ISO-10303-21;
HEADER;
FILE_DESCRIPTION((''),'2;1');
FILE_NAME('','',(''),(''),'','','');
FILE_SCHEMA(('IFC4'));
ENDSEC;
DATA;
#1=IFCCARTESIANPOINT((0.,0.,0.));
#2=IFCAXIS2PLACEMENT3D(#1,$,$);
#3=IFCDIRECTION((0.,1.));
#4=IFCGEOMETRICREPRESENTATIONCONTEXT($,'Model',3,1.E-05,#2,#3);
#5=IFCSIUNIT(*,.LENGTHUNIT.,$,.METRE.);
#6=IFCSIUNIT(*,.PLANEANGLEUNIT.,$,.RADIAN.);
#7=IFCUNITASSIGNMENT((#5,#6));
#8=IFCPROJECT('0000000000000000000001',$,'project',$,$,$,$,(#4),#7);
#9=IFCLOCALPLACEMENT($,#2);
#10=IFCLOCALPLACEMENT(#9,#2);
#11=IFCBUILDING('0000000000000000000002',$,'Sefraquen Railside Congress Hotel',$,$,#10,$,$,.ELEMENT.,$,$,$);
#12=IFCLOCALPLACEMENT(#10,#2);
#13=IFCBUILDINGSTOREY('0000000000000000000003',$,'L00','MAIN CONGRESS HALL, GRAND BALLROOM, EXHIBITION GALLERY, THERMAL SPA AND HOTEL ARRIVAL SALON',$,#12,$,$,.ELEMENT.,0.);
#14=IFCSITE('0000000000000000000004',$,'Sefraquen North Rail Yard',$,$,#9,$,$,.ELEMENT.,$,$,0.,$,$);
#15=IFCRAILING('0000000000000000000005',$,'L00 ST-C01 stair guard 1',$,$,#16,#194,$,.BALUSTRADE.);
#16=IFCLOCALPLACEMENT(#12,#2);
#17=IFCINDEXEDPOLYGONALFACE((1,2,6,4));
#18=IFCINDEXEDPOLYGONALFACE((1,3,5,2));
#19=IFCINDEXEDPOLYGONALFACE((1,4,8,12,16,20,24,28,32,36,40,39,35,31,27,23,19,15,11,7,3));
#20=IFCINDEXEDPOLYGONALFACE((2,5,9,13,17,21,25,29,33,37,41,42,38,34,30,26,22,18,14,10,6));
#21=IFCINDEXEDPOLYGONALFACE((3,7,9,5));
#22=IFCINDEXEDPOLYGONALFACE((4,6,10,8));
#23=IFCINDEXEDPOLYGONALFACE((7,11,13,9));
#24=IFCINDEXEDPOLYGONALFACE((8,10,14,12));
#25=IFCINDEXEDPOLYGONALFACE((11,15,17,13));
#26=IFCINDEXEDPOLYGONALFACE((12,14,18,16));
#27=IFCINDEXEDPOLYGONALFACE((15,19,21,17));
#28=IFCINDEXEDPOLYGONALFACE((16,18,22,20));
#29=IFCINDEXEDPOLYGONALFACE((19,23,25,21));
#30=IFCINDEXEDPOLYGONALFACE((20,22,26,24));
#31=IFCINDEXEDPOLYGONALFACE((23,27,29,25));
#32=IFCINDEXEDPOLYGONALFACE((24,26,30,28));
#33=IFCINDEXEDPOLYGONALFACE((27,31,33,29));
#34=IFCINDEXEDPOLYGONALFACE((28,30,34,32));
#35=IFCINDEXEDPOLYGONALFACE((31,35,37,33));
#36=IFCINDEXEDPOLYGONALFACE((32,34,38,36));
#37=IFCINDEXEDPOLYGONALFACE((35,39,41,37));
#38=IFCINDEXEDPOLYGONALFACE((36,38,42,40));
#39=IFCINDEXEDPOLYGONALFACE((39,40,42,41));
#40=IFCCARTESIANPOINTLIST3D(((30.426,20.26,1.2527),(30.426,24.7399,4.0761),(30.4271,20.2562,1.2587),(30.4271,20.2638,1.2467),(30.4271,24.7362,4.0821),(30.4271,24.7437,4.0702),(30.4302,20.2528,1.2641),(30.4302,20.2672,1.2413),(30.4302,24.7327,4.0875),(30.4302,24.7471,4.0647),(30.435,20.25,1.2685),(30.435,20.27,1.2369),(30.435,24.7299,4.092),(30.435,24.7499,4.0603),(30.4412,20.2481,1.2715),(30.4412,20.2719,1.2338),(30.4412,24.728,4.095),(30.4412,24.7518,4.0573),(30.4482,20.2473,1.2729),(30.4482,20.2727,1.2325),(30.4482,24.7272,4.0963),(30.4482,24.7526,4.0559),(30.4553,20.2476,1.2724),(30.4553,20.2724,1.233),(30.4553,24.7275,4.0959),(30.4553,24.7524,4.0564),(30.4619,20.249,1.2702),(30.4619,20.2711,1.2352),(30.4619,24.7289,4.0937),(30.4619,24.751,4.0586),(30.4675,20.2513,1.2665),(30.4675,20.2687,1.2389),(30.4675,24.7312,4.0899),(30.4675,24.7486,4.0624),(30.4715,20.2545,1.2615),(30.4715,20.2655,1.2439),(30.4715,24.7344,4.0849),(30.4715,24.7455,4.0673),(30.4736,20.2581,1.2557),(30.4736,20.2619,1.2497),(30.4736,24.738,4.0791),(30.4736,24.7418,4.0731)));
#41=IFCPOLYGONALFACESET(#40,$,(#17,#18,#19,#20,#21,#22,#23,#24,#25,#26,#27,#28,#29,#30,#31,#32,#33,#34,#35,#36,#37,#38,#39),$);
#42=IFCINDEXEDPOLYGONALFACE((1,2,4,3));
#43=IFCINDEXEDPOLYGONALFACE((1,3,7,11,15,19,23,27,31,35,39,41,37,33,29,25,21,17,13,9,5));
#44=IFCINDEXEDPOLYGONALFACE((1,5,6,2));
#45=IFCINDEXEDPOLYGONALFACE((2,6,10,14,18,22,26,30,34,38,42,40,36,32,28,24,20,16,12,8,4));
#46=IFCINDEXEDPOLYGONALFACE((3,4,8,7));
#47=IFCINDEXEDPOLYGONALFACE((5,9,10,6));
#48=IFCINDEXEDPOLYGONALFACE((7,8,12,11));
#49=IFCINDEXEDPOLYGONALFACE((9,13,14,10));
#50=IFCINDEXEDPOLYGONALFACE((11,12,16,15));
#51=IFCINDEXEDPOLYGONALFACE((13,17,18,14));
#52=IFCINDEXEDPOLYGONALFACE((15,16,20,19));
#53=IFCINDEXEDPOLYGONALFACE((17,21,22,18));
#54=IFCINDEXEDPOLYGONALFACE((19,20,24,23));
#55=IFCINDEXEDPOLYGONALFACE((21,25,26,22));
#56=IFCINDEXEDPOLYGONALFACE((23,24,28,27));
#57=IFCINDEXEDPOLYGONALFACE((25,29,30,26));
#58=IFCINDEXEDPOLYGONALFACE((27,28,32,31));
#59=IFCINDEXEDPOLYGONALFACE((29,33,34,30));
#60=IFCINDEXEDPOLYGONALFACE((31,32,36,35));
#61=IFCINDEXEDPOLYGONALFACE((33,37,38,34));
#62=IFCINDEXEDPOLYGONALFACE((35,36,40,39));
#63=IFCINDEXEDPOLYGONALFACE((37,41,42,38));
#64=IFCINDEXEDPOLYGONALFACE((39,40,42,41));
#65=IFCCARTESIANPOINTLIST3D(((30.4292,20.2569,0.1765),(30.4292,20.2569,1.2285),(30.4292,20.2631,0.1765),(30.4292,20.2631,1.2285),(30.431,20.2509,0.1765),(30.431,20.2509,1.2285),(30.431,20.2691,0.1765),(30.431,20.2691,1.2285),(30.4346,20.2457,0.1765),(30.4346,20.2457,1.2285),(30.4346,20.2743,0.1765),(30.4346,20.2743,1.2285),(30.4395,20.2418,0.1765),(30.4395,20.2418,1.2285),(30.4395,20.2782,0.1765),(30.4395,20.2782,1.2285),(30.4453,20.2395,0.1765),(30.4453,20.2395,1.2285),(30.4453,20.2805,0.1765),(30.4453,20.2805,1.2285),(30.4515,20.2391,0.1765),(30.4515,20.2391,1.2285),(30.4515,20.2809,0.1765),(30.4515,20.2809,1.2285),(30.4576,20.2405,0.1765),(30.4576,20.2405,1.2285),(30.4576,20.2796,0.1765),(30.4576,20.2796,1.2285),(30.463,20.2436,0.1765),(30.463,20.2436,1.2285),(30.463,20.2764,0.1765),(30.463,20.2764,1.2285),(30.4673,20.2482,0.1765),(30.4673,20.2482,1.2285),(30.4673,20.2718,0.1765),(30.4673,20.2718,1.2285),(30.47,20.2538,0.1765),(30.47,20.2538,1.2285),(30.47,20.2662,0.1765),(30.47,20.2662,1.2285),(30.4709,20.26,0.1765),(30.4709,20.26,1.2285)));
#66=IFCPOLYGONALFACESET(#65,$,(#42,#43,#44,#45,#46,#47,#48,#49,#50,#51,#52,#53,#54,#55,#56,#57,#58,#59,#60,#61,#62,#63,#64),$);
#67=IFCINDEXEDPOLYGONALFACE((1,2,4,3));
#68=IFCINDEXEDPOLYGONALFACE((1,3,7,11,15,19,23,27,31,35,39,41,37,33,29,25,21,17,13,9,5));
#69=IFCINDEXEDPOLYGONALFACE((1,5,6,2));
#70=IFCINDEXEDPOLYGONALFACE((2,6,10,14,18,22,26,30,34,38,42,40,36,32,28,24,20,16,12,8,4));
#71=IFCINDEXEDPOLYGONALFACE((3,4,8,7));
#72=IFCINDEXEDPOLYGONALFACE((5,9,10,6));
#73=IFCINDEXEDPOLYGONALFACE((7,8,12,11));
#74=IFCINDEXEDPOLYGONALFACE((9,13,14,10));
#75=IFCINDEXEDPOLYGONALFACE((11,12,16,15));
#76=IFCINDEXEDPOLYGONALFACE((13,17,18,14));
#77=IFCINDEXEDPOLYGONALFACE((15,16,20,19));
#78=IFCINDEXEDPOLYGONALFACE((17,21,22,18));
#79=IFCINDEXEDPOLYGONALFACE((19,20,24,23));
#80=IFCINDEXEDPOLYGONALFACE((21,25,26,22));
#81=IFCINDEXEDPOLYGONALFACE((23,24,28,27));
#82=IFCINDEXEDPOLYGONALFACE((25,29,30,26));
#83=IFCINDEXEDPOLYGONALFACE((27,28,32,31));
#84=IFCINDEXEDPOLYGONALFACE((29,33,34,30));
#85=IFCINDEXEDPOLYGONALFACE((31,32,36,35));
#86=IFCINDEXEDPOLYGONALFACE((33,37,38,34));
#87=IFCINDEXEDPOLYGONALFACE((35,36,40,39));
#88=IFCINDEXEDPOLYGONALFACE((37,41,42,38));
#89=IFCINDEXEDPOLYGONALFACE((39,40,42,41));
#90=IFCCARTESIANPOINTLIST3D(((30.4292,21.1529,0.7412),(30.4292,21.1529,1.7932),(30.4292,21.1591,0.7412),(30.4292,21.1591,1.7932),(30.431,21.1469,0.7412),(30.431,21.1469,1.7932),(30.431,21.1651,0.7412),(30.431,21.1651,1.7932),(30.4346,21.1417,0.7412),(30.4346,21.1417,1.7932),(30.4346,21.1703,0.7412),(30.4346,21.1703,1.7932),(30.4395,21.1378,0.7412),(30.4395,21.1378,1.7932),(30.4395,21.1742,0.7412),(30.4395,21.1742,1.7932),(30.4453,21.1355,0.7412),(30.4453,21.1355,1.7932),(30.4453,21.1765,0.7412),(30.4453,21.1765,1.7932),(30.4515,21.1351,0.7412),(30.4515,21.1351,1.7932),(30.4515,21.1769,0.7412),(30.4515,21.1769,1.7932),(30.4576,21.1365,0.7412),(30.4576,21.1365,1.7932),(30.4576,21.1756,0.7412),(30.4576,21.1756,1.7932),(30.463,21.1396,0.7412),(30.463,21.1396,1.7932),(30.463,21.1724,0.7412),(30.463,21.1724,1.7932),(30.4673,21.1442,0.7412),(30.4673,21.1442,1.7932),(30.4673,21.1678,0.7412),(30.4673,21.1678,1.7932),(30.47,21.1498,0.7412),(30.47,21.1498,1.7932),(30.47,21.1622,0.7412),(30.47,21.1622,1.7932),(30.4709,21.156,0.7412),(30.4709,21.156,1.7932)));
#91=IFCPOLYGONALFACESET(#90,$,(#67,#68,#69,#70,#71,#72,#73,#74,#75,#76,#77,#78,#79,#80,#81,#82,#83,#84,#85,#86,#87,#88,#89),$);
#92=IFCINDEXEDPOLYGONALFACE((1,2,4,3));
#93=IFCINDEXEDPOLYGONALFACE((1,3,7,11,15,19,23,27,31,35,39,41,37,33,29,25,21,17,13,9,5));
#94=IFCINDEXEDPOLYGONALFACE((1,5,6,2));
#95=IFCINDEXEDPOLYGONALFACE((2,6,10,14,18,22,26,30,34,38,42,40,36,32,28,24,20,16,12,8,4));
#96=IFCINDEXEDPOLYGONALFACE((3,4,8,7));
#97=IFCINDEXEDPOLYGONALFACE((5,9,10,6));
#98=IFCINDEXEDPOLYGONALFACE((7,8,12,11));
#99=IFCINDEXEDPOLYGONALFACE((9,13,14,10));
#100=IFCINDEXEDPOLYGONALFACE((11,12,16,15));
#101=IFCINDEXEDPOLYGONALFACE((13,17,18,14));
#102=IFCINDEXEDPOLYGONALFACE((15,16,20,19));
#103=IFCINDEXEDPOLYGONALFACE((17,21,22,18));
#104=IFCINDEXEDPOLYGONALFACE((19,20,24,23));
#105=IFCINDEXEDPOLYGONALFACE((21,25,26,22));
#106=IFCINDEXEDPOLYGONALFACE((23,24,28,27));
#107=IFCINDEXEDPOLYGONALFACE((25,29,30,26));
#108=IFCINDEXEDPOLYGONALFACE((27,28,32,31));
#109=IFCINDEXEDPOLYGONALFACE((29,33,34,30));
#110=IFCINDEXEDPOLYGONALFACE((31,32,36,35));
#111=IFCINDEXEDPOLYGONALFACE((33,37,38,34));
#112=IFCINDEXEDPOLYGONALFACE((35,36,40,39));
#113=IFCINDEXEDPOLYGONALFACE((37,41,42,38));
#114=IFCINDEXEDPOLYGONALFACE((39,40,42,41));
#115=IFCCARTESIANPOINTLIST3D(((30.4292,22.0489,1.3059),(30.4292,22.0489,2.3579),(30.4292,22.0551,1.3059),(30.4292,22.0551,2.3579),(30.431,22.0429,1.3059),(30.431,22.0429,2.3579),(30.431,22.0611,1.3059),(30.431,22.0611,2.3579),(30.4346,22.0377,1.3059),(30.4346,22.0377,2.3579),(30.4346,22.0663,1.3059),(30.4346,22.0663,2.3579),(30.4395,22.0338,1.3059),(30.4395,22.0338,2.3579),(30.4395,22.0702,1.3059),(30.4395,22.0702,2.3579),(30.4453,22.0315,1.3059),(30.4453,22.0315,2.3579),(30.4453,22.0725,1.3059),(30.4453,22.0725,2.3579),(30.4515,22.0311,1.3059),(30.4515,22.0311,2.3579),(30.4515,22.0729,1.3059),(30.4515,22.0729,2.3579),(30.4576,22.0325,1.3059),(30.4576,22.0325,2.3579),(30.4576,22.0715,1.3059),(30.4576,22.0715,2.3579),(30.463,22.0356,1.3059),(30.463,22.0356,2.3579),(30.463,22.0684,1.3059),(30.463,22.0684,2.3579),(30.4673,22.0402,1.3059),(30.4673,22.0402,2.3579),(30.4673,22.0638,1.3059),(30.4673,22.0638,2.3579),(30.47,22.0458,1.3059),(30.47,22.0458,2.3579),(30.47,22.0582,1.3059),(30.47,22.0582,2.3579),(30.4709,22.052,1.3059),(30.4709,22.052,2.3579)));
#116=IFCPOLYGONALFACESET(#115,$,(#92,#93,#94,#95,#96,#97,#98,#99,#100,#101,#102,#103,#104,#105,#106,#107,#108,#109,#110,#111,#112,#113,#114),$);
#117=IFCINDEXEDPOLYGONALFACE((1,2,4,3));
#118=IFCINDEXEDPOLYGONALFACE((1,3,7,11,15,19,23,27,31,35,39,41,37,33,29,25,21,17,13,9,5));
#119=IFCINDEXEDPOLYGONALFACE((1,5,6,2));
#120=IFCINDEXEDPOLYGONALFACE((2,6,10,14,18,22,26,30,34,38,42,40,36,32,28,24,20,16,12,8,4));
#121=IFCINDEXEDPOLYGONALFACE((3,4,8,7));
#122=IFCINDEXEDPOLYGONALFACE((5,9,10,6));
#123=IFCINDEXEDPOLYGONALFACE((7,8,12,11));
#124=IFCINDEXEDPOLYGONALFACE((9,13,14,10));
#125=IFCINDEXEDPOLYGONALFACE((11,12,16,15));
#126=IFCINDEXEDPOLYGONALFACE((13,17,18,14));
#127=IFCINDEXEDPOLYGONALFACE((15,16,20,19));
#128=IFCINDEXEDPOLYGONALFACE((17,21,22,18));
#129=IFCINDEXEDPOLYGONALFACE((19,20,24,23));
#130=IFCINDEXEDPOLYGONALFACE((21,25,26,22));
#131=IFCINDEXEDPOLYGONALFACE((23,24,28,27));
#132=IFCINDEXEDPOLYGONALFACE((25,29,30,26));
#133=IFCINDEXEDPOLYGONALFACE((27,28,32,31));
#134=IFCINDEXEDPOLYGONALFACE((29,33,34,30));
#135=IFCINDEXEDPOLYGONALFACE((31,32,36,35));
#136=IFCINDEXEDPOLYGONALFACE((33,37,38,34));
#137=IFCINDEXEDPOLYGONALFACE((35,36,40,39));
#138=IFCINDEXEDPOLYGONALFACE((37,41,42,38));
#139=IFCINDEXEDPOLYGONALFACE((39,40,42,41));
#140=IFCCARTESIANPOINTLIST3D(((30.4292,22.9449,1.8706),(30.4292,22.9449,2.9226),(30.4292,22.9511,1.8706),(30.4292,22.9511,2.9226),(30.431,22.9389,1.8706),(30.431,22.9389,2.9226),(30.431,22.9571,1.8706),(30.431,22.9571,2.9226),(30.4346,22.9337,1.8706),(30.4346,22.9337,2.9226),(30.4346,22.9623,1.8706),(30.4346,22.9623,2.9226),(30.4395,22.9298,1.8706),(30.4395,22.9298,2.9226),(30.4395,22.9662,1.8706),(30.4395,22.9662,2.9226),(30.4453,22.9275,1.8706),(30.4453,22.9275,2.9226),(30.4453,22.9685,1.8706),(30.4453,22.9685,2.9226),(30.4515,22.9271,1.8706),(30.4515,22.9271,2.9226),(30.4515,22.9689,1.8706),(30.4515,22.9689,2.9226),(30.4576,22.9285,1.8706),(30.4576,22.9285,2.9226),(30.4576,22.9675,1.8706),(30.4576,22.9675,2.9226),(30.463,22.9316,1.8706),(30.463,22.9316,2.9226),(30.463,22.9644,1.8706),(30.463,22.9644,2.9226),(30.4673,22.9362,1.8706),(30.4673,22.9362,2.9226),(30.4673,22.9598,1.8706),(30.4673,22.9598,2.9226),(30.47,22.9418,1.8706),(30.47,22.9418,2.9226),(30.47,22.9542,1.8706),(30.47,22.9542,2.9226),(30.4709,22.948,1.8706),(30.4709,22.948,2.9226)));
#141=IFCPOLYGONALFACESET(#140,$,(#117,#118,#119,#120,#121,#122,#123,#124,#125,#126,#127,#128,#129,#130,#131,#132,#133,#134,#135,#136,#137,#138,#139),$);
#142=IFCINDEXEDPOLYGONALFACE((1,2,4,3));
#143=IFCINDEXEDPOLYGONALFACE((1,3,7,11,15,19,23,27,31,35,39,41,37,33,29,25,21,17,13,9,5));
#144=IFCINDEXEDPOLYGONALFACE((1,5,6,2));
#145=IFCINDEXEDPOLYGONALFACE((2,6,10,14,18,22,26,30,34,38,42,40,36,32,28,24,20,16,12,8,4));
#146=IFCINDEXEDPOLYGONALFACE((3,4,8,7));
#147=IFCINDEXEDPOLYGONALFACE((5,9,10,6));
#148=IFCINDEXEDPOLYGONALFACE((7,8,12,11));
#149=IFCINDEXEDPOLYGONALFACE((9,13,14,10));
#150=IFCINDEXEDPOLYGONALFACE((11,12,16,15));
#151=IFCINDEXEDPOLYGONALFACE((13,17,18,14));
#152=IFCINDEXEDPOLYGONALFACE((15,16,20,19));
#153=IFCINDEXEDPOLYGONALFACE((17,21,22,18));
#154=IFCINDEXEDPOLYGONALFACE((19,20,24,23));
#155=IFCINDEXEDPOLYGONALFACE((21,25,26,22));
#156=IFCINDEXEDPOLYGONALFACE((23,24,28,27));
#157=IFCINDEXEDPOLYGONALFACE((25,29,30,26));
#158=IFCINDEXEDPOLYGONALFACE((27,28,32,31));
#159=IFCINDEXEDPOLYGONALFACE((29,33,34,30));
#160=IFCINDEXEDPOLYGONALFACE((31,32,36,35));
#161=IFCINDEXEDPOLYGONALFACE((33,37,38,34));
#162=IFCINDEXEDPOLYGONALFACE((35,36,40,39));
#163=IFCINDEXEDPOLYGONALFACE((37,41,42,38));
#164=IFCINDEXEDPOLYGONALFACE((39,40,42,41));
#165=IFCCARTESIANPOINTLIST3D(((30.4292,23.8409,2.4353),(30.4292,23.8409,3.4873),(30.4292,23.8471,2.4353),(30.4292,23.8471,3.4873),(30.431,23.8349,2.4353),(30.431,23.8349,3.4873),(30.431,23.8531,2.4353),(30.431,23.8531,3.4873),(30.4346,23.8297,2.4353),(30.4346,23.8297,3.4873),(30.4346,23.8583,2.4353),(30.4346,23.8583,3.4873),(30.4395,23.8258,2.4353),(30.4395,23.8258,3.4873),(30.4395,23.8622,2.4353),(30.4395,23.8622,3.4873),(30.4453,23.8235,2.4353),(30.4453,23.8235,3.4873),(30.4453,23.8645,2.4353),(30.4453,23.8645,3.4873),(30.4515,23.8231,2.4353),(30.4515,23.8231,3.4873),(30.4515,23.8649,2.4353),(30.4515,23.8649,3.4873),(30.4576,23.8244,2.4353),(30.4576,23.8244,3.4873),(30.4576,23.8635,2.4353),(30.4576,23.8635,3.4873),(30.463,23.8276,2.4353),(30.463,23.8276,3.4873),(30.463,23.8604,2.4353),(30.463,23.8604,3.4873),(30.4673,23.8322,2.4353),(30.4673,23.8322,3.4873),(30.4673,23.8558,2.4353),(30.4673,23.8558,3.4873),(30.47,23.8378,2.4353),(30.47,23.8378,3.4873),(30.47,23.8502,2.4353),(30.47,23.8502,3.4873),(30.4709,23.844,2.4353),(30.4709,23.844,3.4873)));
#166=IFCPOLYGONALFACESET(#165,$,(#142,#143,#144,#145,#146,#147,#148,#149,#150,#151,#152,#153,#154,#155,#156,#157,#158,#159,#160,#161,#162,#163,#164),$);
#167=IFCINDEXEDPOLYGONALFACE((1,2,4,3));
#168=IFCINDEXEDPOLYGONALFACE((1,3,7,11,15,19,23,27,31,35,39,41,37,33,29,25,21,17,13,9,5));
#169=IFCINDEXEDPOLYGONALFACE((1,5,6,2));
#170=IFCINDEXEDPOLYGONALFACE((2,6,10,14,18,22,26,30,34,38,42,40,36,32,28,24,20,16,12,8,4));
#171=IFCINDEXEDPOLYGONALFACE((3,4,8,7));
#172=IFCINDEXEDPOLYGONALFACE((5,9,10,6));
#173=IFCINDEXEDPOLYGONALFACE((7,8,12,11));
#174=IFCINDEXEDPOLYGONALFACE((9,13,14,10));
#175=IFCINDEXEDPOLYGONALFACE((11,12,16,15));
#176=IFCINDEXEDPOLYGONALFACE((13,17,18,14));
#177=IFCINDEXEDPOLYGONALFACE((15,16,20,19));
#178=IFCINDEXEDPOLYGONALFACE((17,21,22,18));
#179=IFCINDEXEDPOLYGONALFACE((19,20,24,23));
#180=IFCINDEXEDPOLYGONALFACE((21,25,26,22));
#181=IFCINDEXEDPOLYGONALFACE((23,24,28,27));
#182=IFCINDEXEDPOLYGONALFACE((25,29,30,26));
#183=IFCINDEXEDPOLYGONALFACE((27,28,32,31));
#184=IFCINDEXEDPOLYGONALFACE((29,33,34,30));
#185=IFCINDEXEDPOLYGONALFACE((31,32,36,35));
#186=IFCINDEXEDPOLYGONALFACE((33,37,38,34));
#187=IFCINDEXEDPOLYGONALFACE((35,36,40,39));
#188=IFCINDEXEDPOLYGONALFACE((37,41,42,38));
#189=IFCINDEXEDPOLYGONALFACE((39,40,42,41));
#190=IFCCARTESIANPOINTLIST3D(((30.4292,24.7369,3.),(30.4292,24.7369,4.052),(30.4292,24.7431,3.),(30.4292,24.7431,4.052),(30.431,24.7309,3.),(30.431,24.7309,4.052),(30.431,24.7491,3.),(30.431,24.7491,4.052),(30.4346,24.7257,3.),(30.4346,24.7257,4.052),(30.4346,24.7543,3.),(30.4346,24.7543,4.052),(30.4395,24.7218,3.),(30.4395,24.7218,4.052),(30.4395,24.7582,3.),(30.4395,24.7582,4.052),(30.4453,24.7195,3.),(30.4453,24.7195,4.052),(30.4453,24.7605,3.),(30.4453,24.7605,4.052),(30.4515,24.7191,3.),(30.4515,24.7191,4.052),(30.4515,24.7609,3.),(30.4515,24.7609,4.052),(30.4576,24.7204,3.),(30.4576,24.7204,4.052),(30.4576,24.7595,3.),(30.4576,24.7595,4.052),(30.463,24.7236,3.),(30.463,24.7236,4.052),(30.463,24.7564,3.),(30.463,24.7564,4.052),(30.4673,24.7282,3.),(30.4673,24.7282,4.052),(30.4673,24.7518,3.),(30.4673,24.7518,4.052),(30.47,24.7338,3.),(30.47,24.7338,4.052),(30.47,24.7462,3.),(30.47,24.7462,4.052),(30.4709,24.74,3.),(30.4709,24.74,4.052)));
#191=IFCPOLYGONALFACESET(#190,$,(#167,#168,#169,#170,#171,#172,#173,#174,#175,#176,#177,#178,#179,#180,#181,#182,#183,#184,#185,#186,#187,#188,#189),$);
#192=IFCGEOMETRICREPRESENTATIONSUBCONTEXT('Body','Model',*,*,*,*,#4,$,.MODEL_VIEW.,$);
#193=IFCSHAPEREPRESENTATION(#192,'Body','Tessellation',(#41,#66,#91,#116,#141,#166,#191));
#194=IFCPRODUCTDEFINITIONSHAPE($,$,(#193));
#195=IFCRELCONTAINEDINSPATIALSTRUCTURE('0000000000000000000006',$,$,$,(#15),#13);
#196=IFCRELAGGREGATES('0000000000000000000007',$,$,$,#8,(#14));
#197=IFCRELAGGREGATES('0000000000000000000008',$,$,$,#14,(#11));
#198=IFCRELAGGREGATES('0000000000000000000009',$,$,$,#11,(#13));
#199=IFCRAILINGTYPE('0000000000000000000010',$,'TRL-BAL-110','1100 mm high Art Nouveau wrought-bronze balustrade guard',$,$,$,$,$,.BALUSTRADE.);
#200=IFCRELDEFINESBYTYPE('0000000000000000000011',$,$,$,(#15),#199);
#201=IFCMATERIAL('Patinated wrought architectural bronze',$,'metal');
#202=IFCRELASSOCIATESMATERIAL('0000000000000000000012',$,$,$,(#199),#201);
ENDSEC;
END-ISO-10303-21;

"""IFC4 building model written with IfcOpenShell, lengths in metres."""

from ifc_helpers import new_model, si_unit, direction, frame, origin, origin_2d, place, context, subcontext, project, spatial, circle, extrude, material, type_object, element, save


model = new_model("IFC4")

# Units and contexts
model_context = context("Model", 3, precision=1e-05, world=origin(), true_north=direction((0.0, 1.0)))
body_context = subcontext(model_context, "Body", "Model", "MODEL_VIEW")
ifc_project = project(units=[si_unit("LENGTHUNIT", "METRE"), si_unit("PLANEANGLEUNIT", "RADIAN")], contexts=[model_context])

# Site, building, storey
site_placement = place(None, origin())
site = spatial("IfcSite", under=ifc_project, at=site_placement, Name="Sefraquen North Rail Yard", CompositionType="ELEMENT", RefElevation=0.0)
building_placement = place(site_placement, origin())
building = spatial("IfcBuilding", under=site, at=building_placement, Name="Sefraquen Railside Congress Hotel", CompositionType="ELEMENT")
storey_placement = place(building_placement, origin())
storey = spatial("IfcBuildingStorey", under=building, at=storey_placement, Name="L00", Description="MAIN CONGRESS HALL, GRAND BALLROOM, EXHIBITION GALLERY, THERMAL SPA AND HOTEL ARRIVAL SALON", CompositionType="ELEMENT", Elevation=0.0)

# Railing
ifc_material_1 = material(Name="Patinated wrought architectural bronze", Category="metal")
railing_type_1 = type_object("IfcRailingType", Name="TRL-BAL-110", Description="1100 mm high Art Nouveau wrought-bronze balustrade guard", PredefinedType="BALUSTRADE", material=ifc_material_1)
railing_1_placement = place(storey_placement, frame((30.45, 20.26, 0.1765)))
element("IfcRailing", 1, at=railing_1_placement, inside=storey, type_object=railing_type_1, Name="L00 ST-C01 stair guard 1", PredefinedType="BALUSTRADE", context=body_context, shape_type="SweptSolid", body=[
    extrude(circle(Radius=0.0239, at=origin_2d()), frame((0.0, 0.0, 1.0762), z_axis=(0.0, 0.845998, 0.533186), x_axis=(-1.0, 0.0, 0.0)), (0.0, 0.0, 1.0), 5.2954),
    extrude(circle(Radius=0.021, at=origin_2d()), origin(), (0.0, 0.0, 1.0), 1.052),
    extrude(circle(Radius=0.021, at=origin_2d()), frame((0.0, 0.896, 0.5647)), (0.0, 0.0, 1.0), 1.052),
    extrude(circle(Radius=0.021, at=origin_2d()), frame((0.0, 1.792, 1.1294)), (0.0, 0.0, 1.0), 1.052),
    extrude(circle(Radius=0.021, at=origin_2d()), frame((0.0, 2.688, 1.6941)), (0.0, 0.0, 1.0), 1.052),
    extrude(circle(Radius=0.021, at=origin_2d()), frame((0.0, 3.584, 2.2588)), (0.0, 0.0, 1.0), 1.052),
    extrude(circle(Radius=0.021, at=origin_2d()), frame((0.0, 4.48, 2.8235)), (0.0, 0.0, 1.0), 1.052),
])

save(model, "model.ifc")
